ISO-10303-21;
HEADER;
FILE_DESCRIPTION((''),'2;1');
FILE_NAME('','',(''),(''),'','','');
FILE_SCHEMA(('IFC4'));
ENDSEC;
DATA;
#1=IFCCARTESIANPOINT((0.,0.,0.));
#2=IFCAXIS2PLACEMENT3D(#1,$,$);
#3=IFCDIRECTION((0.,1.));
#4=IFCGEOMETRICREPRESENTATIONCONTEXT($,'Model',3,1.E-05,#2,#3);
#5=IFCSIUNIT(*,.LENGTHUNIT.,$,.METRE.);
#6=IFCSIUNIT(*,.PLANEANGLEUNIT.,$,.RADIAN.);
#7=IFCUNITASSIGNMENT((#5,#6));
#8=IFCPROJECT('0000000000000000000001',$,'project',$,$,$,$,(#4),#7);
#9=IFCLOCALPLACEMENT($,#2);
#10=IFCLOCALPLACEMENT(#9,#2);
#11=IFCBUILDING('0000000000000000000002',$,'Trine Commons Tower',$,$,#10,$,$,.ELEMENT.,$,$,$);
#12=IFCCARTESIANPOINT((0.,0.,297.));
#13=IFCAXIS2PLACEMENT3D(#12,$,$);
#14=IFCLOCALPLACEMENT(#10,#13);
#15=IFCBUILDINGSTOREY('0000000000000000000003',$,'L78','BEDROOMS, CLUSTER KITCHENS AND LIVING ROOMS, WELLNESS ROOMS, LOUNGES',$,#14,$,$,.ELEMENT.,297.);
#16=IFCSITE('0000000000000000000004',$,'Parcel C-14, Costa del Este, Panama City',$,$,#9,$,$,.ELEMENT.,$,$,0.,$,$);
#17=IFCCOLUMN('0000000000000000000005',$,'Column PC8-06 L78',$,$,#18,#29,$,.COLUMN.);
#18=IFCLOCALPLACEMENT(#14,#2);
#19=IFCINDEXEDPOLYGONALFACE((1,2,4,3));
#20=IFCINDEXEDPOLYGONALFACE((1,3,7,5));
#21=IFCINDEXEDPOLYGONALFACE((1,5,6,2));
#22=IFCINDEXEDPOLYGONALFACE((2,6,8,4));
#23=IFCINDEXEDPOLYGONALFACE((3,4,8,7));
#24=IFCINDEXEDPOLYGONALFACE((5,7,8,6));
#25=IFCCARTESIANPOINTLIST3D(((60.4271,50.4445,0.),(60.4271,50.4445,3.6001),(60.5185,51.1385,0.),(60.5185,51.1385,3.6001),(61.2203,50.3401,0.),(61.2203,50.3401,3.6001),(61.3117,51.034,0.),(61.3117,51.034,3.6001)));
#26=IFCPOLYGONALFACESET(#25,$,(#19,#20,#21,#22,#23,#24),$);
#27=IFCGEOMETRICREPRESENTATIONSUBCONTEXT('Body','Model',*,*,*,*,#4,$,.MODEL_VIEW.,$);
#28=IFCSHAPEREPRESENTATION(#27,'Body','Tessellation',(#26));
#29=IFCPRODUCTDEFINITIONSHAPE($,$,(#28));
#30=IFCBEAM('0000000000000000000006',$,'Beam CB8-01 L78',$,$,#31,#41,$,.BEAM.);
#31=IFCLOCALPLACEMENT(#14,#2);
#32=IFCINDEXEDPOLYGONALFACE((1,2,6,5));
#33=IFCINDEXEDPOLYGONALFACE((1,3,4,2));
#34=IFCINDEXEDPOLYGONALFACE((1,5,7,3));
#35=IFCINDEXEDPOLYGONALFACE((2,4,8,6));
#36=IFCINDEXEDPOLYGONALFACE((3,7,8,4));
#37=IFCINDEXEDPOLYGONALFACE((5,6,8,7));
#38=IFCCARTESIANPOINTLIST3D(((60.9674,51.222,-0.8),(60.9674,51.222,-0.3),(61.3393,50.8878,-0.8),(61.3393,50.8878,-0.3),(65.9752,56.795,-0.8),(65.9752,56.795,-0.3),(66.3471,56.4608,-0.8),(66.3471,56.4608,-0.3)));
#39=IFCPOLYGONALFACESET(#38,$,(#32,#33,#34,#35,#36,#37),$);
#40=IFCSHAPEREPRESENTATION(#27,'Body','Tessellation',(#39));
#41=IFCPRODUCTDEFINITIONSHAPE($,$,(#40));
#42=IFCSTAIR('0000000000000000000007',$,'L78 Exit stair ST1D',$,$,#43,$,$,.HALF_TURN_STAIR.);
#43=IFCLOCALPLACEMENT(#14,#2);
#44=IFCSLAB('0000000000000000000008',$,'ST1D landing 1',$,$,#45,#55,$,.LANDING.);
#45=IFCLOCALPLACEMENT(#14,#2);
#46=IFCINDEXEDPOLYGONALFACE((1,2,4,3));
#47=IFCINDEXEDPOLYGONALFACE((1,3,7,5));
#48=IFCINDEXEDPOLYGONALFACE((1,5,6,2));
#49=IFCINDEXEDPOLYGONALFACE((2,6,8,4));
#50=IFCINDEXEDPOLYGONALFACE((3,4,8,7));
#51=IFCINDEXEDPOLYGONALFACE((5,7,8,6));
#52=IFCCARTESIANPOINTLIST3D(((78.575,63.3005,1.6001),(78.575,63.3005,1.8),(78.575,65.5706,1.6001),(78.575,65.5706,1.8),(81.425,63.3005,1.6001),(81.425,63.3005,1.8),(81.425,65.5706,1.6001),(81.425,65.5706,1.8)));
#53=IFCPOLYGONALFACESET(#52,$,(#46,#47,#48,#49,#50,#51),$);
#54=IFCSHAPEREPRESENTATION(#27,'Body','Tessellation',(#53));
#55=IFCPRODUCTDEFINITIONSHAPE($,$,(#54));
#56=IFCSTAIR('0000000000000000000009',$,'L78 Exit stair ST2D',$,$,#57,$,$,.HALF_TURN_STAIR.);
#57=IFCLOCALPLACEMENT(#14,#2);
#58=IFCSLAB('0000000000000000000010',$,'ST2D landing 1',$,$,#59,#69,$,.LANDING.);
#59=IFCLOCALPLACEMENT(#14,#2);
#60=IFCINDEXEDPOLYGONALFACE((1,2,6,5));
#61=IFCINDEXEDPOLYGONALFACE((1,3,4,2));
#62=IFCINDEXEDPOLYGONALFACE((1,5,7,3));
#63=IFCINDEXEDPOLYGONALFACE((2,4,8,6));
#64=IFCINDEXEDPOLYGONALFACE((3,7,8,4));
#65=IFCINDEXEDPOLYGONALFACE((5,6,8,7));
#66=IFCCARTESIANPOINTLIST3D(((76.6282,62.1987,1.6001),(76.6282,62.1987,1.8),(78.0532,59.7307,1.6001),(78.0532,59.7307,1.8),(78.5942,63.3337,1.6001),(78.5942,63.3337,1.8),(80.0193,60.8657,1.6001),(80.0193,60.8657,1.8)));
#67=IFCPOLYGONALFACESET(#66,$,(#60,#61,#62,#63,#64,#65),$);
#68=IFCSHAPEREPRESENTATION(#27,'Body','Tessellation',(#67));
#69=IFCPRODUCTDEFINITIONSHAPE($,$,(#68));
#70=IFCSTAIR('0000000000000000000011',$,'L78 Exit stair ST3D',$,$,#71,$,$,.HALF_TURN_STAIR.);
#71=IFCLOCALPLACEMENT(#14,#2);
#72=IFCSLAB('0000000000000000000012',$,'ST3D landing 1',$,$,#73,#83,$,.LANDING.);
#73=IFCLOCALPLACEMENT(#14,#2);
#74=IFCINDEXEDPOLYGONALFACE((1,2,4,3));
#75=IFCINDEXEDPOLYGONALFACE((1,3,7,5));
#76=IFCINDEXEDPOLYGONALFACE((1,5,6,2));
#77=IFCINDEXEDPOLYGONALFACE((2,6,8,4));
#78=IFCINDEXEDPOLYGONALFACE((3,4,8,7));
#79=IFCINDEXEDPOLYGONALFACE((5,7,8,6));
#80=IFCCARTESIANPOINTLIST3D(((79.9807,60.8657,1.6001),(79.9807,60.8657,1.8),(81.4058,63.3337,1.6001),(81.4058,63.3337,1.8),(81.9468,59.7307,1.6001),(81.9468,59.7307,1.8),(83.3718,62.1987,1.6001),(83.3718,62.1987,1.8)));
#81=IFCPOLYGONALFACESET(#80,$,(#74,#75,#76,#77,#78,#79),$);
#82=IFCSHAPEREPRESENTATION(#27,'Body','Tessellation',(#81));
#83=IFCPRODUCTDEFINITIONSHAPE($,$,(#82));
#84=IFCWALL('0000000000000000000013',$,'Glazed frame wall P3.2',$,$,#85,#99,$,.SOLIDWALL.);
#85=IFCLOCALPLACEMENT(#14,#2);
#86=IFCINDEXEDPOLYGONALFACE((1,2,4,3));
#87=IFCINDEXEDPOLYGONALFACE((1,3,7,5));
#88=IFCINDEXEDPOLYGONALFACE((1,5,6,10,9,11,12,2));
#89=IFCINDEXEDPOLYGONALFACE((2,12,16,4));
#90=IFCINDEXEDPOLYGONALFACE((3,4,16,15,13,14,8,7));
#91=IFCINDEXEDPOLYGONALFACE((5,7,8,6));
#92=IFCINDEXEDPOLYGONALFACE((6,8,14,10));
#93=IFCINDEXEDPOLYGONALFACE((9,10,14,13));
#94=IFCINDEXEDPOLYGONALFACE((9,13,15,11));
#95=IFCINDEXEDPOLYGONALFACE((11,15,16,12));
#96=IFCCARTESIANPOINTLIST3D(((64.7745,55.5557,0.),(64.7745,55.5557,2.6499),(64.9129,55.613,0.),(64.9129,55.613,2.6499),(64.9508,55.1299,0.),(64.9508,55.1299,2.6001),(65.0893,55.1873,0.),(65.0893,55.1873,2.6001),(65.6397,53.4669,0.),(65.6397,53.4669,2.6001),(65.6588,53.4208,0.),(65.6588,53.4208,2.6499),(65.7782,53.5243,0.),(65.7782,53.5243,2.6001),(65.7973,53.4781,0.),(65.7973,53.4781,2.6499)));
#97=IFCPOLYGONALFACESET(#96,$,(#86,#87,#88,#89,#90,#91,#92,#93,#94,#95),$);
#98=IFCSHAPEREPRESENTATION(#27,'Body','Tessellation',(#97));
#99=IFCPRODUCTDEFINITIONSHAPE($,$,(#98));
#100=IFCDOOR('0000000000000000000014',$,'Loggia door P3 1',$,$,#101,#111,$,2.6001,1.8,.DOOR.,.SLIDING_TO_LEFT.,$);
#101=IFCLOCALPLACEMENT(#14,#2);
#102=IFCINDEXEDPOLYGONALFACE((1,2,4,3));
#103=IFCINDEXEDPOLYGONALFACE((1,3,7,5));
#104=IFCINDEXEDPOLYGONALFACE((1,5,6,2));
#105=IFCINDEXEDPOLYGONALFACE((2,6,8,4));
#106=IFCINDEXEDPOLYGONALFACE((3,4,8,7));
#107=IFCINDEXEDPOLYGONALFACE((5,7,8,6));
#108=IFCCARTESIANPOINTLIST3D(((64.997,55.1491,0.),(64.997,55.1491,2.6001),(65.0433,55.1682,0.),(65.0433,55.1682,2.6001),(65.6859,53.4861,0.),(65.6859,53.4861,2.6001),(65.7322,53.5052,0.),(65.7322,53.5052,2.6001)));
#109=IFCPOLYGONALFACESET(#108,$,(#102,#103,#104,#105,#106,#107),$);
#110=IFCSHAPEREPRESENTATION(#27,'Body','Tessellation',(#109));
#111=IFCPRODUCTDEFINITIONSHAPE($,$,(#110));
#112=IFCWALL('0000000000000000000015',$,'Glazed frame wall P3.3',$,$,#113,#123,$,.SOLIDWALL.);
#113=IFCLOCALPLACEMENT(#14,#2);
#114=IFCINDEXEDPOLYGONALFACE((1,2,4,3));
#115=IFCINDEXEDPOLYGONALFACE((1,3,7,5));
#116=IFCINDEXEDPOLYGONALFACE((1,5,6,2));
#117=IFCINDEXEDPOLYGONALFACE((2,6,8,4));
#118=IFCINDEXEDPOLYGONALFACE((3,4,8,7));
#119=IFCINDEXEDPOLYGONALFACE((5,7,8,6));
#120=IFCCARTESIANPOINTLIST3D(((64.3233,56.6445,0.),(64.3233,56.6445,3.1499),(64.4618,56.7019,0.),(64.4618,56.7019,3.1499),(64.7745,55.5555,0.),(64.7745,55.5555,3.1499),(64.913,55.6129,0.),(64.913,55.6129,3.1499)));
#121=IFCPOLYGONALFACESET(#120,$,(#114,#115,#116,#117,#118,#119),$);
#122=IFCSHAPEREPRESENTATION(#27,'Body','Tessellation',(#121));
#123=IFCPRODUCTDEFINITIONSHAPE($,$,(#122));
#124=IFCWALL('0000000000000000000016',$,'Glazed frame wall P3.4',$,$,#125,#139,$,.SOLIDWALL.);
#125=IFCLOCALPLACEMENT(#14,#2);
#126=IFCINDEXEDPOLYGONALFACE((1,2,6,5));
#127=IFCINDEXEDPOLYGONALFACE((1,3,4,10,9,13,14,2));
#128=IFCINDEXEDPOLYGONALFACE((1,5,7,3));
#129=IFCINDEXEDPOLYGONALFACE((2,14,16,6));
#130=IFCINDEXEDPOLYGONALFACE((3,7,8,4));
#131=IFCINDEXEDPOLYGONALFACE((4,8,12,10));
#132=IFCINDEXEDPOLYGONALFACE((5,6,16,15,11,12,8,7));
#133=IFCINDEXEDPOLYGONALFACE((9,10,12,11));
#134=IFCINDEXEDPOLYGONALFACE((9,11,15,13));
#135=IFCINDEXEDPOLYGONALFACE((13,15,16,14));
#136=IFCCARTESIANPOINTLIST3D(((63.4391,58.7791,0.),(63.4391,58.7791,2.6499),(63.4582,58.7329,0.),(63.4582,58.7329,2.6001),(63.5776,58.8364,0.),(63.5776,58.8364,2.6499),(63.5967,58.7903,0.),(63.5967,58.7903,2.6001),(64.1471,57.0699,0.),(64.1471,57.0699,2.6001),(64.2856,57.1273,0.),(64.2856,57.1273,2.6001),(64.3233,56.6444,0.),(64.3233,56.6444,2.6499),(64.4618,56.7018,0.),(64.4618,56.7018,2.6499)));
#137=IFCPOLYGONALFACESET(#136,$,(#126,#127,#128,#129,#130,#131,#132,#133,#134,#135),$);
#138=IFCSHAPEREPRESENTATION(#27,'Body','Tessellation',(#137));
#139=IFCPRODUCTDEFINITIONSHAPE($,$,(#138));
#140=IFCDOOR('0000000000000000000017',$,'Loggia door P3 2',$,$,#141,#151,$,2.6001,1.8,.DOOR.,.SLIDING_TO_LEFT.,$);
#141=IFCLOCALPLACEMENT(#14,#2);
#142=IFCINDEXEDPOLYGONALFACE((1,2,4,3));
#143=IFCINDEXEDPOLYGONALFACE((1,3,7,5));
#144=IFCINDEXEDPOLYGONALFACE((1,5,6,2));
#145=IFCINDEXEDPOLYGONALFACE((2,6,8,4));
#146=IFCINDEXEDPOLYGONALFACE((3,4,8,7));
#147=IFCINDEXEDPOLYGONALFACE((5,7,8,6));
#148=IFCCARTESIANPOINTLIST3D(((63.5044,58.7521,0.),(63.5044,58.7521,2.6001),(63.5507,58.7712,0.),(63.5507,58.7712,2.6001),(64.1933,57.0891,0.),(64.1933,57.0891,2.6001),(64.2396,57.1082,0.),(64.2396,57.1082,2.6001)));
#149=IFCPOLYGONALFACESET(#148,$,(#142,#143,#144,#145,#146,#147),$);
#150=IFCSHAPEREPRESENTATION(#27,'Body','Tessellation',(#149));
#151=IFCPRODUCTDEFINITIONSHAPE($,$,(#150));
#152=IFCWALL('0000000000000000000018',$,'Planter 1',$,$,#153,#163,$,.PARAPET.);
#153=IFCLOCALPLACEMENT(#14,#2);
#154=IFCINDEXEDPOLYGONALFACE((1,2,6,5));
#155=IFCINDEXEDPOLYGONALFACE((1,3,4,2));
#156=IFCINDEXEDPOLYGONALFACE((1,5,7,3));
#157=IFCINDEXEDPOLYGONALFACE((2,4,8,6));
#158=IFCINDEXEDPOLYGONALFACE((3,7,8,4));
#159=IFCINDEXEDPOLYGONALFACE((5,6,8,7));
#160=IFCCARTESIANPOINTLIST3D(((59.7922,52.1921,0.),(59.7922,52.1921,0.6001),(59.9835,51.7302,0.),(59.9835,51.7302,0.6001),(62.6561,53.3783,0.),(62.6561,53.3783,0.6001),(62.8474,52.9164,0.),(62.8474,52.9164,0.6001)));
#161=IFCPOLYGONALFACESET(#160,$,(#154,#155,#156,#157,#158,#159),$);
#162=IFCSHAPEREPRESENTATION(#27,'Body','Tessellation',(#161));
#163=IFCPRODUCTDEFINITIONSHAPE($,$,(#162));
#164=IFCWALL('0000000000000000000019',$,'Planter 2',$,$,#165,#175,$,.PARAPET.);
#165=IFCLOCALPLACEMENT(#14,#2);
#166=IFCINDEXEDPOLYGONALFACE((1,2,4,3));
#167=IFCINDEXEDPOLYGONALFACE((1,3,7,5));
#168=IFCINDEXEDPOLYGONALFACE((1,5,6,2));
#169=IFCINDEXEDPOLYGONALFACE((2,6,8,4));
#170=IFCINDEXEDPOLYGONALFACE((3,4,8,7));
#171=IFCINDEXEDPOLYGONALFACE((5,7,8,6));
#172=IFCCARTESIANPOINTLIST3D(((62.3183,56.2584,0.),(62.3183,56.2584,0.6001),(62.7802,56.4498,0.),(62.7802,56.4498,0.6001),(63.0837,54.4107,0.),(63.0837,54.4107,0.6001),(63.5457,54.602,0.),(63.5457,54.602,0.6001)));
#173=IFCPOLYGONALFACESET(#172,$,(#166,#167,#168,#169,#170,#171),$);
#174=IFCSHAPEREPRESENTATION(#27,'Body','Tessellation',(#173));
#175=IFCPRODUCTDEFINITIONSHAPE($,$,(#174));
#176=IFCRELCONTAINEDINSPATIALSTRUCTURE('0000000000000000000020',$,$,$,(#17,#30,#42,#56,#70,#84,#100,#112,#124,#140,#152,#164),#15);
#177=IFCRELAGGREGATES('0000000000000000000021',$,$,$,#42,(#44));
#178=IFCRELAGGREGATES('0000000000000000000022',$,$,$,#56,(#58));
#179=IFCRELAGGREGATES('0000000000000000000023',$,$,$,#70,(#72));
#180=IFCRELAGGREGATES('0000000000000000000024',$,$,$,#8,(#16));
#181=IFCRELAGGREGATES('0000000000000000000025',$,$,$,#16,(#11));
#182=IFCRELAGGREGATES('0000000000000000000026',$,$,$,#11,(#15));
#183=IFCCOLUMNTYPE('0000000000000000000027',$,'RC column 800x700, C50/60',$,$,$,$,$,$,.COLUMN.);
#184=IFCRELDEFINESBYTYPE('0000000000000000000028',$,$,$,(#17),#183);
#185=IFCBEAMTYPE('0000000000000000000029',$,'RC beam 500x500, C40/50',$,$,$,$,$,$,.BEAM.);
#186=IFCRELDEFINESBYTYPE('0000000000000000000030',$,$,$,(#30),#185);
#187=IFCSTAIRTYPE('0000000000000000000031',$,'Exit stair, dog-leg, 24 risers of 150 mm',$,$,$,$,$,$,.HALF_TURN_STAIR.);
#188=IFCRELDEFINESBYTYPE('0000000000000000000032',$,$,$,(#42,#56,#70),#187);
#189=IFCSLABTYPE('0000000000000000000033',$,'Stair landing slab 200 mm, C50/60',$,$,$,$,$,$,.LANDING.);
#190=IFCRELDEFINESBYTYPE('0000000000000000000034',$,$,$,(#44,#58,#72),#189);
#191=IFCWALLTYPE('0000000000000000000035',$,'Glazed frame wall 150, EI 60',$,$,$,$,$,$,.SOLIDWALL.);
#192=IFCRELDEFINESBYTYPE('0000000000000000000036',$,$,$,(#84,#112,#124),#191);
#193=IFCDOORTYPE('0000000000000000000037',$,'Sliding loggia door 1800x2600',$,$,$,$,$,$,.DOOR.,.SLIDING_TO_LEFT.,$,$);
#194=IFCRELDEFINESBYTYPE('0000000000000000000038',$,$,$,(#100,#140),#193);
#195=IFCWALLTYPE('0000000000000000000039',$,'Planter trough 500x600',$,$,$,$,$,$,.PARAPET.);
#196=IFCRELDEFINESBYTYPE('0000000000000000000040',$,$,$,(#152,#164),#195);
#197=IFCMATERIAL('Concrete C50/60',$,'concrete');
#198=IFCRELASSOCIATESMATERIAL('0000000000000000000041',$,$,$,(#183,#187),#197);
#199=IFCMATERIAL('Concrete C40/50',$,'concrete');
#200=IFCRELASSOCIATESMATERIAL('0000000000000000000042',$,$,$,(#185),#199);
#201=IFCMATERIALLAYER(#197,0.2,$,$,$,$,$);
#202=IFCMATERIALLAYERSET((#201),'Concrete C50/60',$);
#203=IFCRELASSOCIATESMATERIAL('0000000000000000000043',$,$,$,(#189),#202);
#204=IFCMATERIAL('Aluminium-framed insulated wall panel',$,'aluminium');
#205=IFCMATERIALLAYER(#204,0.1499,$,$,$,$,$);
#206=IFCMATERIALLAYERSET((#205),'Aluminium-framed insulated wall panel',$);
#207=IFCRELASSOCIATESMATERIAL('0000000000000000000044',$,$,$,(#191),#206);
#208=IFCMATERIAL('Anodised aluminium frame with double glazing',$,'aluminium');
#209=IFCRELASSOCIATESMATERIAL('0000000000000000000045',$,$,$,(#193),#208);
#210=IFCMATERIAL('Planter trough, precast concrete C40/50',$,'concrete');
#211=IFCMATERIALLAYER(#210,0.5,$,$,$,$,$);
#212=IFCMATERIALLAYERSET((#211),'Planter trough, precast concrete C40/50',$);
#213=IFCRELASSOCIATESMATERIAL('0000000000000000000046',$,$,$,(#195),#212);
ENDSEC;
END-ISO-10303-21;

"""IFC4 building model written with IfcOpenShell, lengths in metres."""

from ifc_helpers import new_model, si_unit, direction, frame, frame_2d, origin, origin_2d, place, context, subcontext, project, spatial, polyline, rectangle, outline, extrude, material, layer, layer_set, material_profile, profile_set, type_object, element, fill, aggregate, save


model = new_model("IFC4")

# Units and contexts
model_context = context("Model", 3, precision=1e-05, world=origin(), true_north=direction((0.0, 1.0)))
body_context = subcontext(model_context, "Body", "Model", "MODEL_VIEW")
ifc_project = project(units=[si_unit("LENGTHUNIT", "METRE"), si_unit("PLANEANGLEUNIT", "RADIAN")], contexts=[model_context])

# Site, building, storey
site_placement = place(None, origin())
site = spatial("IfcSite", under=ifc_project, at=site_placement, Name="Parcel C-14, Costa del Este, Panama City", CompositionType="ELEMENT", RefElevation=0.0)
building_placement = place(site_placement, origin())
building = spatial("IfcBuilding", under=site, at=building_placement, Name="Trine Commons Tower", CompositionType="ELEMENT")
storey_placement = place(building_placement, frame((0.0, 0.0, 297.0)))
storey = spatial("IfcBuildingStorey", under=building, at=storey_placement, Name="L78", Description="BEDROOMS, CLUSTER KITCHENS AND LIVING ROOMS, WELLNESS ROOMS, LOUNGES", CompositionType="ELEMENT", Elevation=297.0)

# Column
ifc_material_1 = material(Name="Concrete C50/60", Category="concrete")
ifc_material_profile_1 = material_profile(ifc_material_1, rectangle(XDim=0.8, YDim=0.7, at=origin_2d()), Name="RC 800x700")
ifc_profile_set_1 = profile_set([ifc_material_profile_1], Name="Concrete C50/60")
column_type = type_object("IfcColumnType", Name="RC column 800x700, C50/60", PredefinedType="COLUMN", material=ifc_profile_set_1)
column_placement = place(storey_placement, frame((60.8694, 50.7393, 0.0), z_axis=(0.0, 0.0, 1.0), x_axis=(-0.991445, 0.130526, 0.0)))
element("IfcColumn", 1, at=column_placement, inside=storey, type_object=column_type, Name="Column PC8-06 L78", PredefinedType="COLUMN", context=body_context, shape_type="SweptSolid", body=[
    extrude(rectangle(XDim=0.8, YDim=0.7, at=origin_2d()), origin(), (0.0, 0.0, 1.0), 3.6001),
])

# Beam
ifc_material_2 = material(Name="Concrete C40/50", Category="concrete")
ifc_material_profile_2 = material_profile(ifc_material_2, rectangle(XDim=0.5, YDim=0.5, at=origin_2d()), Name="RC 500x500")
ifc_profile_set_2 = profile_set([ifc_material_profile_2], Name="Concrete C40/50")
beam_type = type_object("IfcBeamType", Name="RC beam 500x500, C40/50", PredefinedType="BEAM", material=ifc_profile_set_2)
beam_placement = place(storey_placement, frame((61.1533, 51.0549, -0.55), z_axis=(0.668383, 0.743817, 0.0), x_axis=(-0.743817, 0.668383, 0.0)))
element("IfcBeam", 2, at=beam_placement, inside=storey, type_object=beam_type, Name="Beam CB8-01 L78", PredefinedType="BEAM", context=body_context, shape_type="SweptSolid", body=[
    extrude(rectangle(XDim=0.5, YDim=0.5, at=origin_2d()), origin(), (0.0, 0.0, 1.0), 7.4924),
])

# Stairs, slabs
stair_type = type_object("IfcStairType", Name="Exit stair, dog-leg, 24 risers of 150 mm", PredefinedType="HALF_TURN_STAIR", material=ifc_material_1)
stair_1_placement = place(storey_placement, origin())
stair_1 = element("IfcStair", 3, at=stair_1_placement, inside=storey, type_object=stair_type, Name="L78 Exit stair ST1D", PredefinedType="HALF_TURN_STAIR")
ifc_layer_1 = layer(ifc_material_1, 0.2)
ifc_layer_set_1 = layer_set([ifc_layer_1], Name="Concrete C50/60")
slab_type = type_object("IfcSlabType", Name="Stair landing slab 200 mm, C50/60", PredefinedType="LANDING", material=ifc_layer_set_1)
slab_1_placement = place(storey_placement, frame((0.0, 0.0, 1.6001)))
slab_1 = element("IfcSlab", 4, at=slab_1_placement, type_object=slab_type, Name="ST1D landing 1", PredefinedType="LANDING", context=body_context, shape_type="SweptSolid", body=[
    extrude(outline(polyline([(78.575, 65.5706), (78.575, 63.3005), (81.425, 63.3005), (81.425, 65.5706), (78.575, 65.5706)])), origin(), (0.0, 0.0, 1.0), 0.2),
])
aggregate(stair_1, [slab_1])
stair_2_placement = place(storey_placement, origin())
stair_2 = element("IfcStair", 5, at=stair_2_placement, inside=storey, type_object=stair_type, Name="L78 Exit stair ST2D", PredefinedType="HALF_TURN_STAIR")
slab_2_placement = place(storey_placement, frame((0.0, 0.0, 1.6001)))
slab_2 = element("IfcSlab", 6, at=slab_2_placement, type_object=slab_type, Name="ST2D landing 1", PredefinedType="LANDING", context=body_context, shape_type="SweptSolid", body=[
    extrude(outline(polyline([(78.0532, 59.7307), (80.0193, 60.8657), (78.5942, 63.3337), (76.6282, 62.1987), (78.0532, 59.7307)])), origin(), (0.0, 0.0, 1.0), 0.2),
])
aggregate(stair_2, [slab_2])
stair_3_placement = place(storey_placement, origin())
stair_3 = element("IfcStair", 7, at=stair_3_placement, inside=storey, type_object=stair_type, Name="L78 Exit stair ST3D", PredefinedType="HALF_TURN_STAIR")
slab_3_placement = place(storey_placement, frame((0.0, 0.0, 1.6001)))
slab_3 = element("IfcSlab", 8, at=slab_3_placement, type_object=slab_type, Name="ST3D landing 1", PredefinedType="LANDING", context=body_context, shape_type="SweptSolid", body=[
    extrude(outline(polyline([(83.3718, 62.1987), (81.4058, 63.3337), (79.9807, 60.8657), (81.9468, 59.7307), (83.3718, 62.1987)])), origin(), (0.0, 0.0, 1.0), 0.2),
])
aggregate(stair_3, [slab_3])

# Shared definitions
ifc_material_3 = material(Name="Aluminium-framed insulated wall panel", Category="aluminium")
ifc_layer_2 = layer(ifc_material_3, 0.1499)
ifc_layer_set_2 = layer_set([ifc_layer_2], Name="Aluminium-framed insulated wall panel")
wall_type_1 = type_object("IfcWallType", Name="Glazed frame wall 150, EI 60", PredefinedType="SOLIDWALL", material=ifc_layer_set_2)

# Wall, opening, door
wall_1_placement = place(storey_placement, frame((65.728, 53.4495, 0.0), z_axis=(0.0, 0.0, 1.0), x_axis=(-0.382694, 0.923875, 0.0)))
wall_1 = element("IfcWall", 9, at=wall_1_placement, inside=storey, type_object=wall_type_1, Name="Glazed frame wall P3.2", PredefinedType="SOLIDWALL", context=body_context, shape_type="SweptSolid", body=[
    extrude(outline(polyline([(0.0, -0.075), (2.3108, -0.075), (2.3108, 0.075), (0.0, 0.075), (0.0, -0.075)])), origin(), (0.0, 0.0, 1.0), 2.6499),
])
opening_1_placement = place(wall_1_placement, frame((0.05, 0.0, 0.0)))
opening_1 = element("IfcOpeningElement", 10, at=opening_1_placement, cuts=wall_1, PredefinedType="OPENING", context=body_context, shape_type="SweptSolid", body=[
    extrude(rectangle(XDim=1.8, YDim=2.6001, at=frame_2d((0.8999, 1.3))), frame((0.0, 0.085, 0.0), z_axis=(0.0, -1.0, 0.0), x_axis=(1.0, 0.0, 0.0)), (0.0, 0.0, 1.0), 0.1699),
])
ifc_material_4 = material(Name="Anodised aluminium frame with double glazing", Category="aluminium")
door_type = type_object("IfcDoorType", Name="Sliding loggia door 1800x2600", OperationType="SLIDING_TO_LEFT", PredefinedType="DOOR", material=ifc_material_4)
door_1_placement = place(opening_1_placement, origin())
door_1 = element("IfcDoor", 11, at=door_1_placement, inside=storey, type_object=door_type, Name="Loggia door P3 1", OperationType="SLIDING_TO_LEFT", OverallHeight=2.6001, OverallWidth=1.8, PredefinedType="DOOR", context=body_context, shape_type="SweptSolid", body=[
    extrude(rectangle(XDim=1.8, YDim=2.6001, at=frame_2d((0.8999, 1.3))), frame((0.0, 0.0249, 0.0), z_axis=(0.0, -1.0, 0.0), x_axis=(1.0, 0.0, 0.0)), (0.0, 0.0, 1.0), 0.05),
])
fill(opening_1, door_1)

# Wall
wall_2_placement = place(storey_placement, frame((64.8438, 55.5842, 0.0), z_axis=(0.0, 0.0, 1.0), x_axis=(-0.382791, 0.923835, 0.0)))
element("IfcWall", 12, at=wall_2_placement, inside=storey, type_object=wall_type_1, Name="Glazed frame wall P3.3", PredefinedType="SOLIDWALL", context=body_context, shape_type="SweptSolid", body=[
    extrude(outline(polyline([(0.0, -0.075), (1.1787, -0.075), (1.1787, 0.075), (0.0, 0.075), (0.0, -0.075)])), origin(), (0.0, 0.0, 1.0), 3.1499),
])

# Wall, opening, door
wall_3_placement = place(storey_placement, frame((64.3926, 56.6731, 0.0), z_axis=(0.0, 0.0, 1.0), x_axis=(-0.382694, 0.923875, 0.0)))
wall_3 = element("IfcWall", 13, at=wall_3_placement, inside=storey, type_object=wall_type_1, Name="Glazed frame wall P3.4", PredefinedType="SOLIDWALL", context=body_context, shape_type="SweptSolid", body=[
    extrude(outline(polyline([(0.0, -0.075), (2.3105, -0.075), (2.3105, 0.075), (0.0, 0.075), (0.0, -0.075)])), origin(), (0.0, 0.0, 1.0), 2.6499),
])
opening_2_placement = place(wall_3_placement, frame((0.4607, 0.0, 0.0)))
opening_2 = element("IfcOpeningElement", 14, at=opening_2_placement, cuts=wall_3, PredefinedType="OPENING", context=body_context, shape_type="SweptSolid", body=[
    extrude(rectangle(XDim=1.8, YDim=2.6001, at=frame_2d((0.8999, 1.3))), frame((0.0, 0.085, 0.0), z_axis=(0.0, -1.0, 0.0), x_axis=(1.0, 0.0, 0.0)), (0.0, 0.0, 1.0), 0.1699),
])
door_2_placement = place(opening_2_placement, origin())
door_2 = element("IfcDoor", 15, at=door_2_placement, inside=storey, type_object=door_type, Name="Loggia door P3 2", OperationType="SLIDING_TO_LEFT", OverallHeight=2.6001, OverallWidth=1.8, PredefinedType="DOOR", context=body_context, shape_type="SweptSolid", body=[
    extrude(rectangle(XDim=1.8, YDim=2.6001, at=frame_2d((0.8999, 1.3))), frame((0.0, 0.0249, 0.0), z_axis=(0.0, -1.0, 0.0), x_axis=(1.0, 0.0, 0.0)), (0.0, 0.0, 1.0), 0.05),
])
fill(opening_2, door_2)

# Walls
ifc_material_5 = material(Name="Planter trough, precast concrete C40/50", Category="concrete")
ifc_layer_3 = layer(ifc_material_5, 0.5)
ifc_layer_set_3 = layer_set([ifc_layer_3], Name="Planter trough, precast concrete C40/50")
wall_type_2 = type_object("IfcWallType", Name="Planter trough 500x600", PredefinedType="PARAPET", material=ifc_layer_set_3)
wall_4_placement = place(storey_placement, frame((59.8879, 51.9612, 0.0), z_axis=(0.0, 0.0, 1.0), x_axis=(0.923883, 0.382674, 0.0)))
element("IfcWall", 16, at=wall_4_placement, inside=storey, type_object=wall_type_2, Name="Planter 1", PredefinedType="PARAPET", context=body_context, shape_type="SweptSolid", body=[
    extrude(rectangle(XDim=3.0999, YDim=0.5, at=frame_2d((1.5498, 0.0))), origin(), (0.0, 0.0, 1.0), 0.6001),
])
wall_5_placement = place(storey_placement, frame((63.3147, 54.5063, 0.0), z_axis=(0.0, 0.0, 1.0), x_axis=(-0.382708, 0.92387, 0.0)))
element("IfcWall", 17, at=wall_5_placement, inside=storey, type_object=wall_type_2, Name="Planter 2", PredefinedType="PARAPET", context=body_context, shape_type="SweptSolid", body=[
    extrude(rectangle(XDim=2.0, YDim=0.5, at=frame_2d((1.0, 0.0))), origin(), (0.0, 0.0, 1.0), 0.6001),
])

save(model, "model.ifc")
